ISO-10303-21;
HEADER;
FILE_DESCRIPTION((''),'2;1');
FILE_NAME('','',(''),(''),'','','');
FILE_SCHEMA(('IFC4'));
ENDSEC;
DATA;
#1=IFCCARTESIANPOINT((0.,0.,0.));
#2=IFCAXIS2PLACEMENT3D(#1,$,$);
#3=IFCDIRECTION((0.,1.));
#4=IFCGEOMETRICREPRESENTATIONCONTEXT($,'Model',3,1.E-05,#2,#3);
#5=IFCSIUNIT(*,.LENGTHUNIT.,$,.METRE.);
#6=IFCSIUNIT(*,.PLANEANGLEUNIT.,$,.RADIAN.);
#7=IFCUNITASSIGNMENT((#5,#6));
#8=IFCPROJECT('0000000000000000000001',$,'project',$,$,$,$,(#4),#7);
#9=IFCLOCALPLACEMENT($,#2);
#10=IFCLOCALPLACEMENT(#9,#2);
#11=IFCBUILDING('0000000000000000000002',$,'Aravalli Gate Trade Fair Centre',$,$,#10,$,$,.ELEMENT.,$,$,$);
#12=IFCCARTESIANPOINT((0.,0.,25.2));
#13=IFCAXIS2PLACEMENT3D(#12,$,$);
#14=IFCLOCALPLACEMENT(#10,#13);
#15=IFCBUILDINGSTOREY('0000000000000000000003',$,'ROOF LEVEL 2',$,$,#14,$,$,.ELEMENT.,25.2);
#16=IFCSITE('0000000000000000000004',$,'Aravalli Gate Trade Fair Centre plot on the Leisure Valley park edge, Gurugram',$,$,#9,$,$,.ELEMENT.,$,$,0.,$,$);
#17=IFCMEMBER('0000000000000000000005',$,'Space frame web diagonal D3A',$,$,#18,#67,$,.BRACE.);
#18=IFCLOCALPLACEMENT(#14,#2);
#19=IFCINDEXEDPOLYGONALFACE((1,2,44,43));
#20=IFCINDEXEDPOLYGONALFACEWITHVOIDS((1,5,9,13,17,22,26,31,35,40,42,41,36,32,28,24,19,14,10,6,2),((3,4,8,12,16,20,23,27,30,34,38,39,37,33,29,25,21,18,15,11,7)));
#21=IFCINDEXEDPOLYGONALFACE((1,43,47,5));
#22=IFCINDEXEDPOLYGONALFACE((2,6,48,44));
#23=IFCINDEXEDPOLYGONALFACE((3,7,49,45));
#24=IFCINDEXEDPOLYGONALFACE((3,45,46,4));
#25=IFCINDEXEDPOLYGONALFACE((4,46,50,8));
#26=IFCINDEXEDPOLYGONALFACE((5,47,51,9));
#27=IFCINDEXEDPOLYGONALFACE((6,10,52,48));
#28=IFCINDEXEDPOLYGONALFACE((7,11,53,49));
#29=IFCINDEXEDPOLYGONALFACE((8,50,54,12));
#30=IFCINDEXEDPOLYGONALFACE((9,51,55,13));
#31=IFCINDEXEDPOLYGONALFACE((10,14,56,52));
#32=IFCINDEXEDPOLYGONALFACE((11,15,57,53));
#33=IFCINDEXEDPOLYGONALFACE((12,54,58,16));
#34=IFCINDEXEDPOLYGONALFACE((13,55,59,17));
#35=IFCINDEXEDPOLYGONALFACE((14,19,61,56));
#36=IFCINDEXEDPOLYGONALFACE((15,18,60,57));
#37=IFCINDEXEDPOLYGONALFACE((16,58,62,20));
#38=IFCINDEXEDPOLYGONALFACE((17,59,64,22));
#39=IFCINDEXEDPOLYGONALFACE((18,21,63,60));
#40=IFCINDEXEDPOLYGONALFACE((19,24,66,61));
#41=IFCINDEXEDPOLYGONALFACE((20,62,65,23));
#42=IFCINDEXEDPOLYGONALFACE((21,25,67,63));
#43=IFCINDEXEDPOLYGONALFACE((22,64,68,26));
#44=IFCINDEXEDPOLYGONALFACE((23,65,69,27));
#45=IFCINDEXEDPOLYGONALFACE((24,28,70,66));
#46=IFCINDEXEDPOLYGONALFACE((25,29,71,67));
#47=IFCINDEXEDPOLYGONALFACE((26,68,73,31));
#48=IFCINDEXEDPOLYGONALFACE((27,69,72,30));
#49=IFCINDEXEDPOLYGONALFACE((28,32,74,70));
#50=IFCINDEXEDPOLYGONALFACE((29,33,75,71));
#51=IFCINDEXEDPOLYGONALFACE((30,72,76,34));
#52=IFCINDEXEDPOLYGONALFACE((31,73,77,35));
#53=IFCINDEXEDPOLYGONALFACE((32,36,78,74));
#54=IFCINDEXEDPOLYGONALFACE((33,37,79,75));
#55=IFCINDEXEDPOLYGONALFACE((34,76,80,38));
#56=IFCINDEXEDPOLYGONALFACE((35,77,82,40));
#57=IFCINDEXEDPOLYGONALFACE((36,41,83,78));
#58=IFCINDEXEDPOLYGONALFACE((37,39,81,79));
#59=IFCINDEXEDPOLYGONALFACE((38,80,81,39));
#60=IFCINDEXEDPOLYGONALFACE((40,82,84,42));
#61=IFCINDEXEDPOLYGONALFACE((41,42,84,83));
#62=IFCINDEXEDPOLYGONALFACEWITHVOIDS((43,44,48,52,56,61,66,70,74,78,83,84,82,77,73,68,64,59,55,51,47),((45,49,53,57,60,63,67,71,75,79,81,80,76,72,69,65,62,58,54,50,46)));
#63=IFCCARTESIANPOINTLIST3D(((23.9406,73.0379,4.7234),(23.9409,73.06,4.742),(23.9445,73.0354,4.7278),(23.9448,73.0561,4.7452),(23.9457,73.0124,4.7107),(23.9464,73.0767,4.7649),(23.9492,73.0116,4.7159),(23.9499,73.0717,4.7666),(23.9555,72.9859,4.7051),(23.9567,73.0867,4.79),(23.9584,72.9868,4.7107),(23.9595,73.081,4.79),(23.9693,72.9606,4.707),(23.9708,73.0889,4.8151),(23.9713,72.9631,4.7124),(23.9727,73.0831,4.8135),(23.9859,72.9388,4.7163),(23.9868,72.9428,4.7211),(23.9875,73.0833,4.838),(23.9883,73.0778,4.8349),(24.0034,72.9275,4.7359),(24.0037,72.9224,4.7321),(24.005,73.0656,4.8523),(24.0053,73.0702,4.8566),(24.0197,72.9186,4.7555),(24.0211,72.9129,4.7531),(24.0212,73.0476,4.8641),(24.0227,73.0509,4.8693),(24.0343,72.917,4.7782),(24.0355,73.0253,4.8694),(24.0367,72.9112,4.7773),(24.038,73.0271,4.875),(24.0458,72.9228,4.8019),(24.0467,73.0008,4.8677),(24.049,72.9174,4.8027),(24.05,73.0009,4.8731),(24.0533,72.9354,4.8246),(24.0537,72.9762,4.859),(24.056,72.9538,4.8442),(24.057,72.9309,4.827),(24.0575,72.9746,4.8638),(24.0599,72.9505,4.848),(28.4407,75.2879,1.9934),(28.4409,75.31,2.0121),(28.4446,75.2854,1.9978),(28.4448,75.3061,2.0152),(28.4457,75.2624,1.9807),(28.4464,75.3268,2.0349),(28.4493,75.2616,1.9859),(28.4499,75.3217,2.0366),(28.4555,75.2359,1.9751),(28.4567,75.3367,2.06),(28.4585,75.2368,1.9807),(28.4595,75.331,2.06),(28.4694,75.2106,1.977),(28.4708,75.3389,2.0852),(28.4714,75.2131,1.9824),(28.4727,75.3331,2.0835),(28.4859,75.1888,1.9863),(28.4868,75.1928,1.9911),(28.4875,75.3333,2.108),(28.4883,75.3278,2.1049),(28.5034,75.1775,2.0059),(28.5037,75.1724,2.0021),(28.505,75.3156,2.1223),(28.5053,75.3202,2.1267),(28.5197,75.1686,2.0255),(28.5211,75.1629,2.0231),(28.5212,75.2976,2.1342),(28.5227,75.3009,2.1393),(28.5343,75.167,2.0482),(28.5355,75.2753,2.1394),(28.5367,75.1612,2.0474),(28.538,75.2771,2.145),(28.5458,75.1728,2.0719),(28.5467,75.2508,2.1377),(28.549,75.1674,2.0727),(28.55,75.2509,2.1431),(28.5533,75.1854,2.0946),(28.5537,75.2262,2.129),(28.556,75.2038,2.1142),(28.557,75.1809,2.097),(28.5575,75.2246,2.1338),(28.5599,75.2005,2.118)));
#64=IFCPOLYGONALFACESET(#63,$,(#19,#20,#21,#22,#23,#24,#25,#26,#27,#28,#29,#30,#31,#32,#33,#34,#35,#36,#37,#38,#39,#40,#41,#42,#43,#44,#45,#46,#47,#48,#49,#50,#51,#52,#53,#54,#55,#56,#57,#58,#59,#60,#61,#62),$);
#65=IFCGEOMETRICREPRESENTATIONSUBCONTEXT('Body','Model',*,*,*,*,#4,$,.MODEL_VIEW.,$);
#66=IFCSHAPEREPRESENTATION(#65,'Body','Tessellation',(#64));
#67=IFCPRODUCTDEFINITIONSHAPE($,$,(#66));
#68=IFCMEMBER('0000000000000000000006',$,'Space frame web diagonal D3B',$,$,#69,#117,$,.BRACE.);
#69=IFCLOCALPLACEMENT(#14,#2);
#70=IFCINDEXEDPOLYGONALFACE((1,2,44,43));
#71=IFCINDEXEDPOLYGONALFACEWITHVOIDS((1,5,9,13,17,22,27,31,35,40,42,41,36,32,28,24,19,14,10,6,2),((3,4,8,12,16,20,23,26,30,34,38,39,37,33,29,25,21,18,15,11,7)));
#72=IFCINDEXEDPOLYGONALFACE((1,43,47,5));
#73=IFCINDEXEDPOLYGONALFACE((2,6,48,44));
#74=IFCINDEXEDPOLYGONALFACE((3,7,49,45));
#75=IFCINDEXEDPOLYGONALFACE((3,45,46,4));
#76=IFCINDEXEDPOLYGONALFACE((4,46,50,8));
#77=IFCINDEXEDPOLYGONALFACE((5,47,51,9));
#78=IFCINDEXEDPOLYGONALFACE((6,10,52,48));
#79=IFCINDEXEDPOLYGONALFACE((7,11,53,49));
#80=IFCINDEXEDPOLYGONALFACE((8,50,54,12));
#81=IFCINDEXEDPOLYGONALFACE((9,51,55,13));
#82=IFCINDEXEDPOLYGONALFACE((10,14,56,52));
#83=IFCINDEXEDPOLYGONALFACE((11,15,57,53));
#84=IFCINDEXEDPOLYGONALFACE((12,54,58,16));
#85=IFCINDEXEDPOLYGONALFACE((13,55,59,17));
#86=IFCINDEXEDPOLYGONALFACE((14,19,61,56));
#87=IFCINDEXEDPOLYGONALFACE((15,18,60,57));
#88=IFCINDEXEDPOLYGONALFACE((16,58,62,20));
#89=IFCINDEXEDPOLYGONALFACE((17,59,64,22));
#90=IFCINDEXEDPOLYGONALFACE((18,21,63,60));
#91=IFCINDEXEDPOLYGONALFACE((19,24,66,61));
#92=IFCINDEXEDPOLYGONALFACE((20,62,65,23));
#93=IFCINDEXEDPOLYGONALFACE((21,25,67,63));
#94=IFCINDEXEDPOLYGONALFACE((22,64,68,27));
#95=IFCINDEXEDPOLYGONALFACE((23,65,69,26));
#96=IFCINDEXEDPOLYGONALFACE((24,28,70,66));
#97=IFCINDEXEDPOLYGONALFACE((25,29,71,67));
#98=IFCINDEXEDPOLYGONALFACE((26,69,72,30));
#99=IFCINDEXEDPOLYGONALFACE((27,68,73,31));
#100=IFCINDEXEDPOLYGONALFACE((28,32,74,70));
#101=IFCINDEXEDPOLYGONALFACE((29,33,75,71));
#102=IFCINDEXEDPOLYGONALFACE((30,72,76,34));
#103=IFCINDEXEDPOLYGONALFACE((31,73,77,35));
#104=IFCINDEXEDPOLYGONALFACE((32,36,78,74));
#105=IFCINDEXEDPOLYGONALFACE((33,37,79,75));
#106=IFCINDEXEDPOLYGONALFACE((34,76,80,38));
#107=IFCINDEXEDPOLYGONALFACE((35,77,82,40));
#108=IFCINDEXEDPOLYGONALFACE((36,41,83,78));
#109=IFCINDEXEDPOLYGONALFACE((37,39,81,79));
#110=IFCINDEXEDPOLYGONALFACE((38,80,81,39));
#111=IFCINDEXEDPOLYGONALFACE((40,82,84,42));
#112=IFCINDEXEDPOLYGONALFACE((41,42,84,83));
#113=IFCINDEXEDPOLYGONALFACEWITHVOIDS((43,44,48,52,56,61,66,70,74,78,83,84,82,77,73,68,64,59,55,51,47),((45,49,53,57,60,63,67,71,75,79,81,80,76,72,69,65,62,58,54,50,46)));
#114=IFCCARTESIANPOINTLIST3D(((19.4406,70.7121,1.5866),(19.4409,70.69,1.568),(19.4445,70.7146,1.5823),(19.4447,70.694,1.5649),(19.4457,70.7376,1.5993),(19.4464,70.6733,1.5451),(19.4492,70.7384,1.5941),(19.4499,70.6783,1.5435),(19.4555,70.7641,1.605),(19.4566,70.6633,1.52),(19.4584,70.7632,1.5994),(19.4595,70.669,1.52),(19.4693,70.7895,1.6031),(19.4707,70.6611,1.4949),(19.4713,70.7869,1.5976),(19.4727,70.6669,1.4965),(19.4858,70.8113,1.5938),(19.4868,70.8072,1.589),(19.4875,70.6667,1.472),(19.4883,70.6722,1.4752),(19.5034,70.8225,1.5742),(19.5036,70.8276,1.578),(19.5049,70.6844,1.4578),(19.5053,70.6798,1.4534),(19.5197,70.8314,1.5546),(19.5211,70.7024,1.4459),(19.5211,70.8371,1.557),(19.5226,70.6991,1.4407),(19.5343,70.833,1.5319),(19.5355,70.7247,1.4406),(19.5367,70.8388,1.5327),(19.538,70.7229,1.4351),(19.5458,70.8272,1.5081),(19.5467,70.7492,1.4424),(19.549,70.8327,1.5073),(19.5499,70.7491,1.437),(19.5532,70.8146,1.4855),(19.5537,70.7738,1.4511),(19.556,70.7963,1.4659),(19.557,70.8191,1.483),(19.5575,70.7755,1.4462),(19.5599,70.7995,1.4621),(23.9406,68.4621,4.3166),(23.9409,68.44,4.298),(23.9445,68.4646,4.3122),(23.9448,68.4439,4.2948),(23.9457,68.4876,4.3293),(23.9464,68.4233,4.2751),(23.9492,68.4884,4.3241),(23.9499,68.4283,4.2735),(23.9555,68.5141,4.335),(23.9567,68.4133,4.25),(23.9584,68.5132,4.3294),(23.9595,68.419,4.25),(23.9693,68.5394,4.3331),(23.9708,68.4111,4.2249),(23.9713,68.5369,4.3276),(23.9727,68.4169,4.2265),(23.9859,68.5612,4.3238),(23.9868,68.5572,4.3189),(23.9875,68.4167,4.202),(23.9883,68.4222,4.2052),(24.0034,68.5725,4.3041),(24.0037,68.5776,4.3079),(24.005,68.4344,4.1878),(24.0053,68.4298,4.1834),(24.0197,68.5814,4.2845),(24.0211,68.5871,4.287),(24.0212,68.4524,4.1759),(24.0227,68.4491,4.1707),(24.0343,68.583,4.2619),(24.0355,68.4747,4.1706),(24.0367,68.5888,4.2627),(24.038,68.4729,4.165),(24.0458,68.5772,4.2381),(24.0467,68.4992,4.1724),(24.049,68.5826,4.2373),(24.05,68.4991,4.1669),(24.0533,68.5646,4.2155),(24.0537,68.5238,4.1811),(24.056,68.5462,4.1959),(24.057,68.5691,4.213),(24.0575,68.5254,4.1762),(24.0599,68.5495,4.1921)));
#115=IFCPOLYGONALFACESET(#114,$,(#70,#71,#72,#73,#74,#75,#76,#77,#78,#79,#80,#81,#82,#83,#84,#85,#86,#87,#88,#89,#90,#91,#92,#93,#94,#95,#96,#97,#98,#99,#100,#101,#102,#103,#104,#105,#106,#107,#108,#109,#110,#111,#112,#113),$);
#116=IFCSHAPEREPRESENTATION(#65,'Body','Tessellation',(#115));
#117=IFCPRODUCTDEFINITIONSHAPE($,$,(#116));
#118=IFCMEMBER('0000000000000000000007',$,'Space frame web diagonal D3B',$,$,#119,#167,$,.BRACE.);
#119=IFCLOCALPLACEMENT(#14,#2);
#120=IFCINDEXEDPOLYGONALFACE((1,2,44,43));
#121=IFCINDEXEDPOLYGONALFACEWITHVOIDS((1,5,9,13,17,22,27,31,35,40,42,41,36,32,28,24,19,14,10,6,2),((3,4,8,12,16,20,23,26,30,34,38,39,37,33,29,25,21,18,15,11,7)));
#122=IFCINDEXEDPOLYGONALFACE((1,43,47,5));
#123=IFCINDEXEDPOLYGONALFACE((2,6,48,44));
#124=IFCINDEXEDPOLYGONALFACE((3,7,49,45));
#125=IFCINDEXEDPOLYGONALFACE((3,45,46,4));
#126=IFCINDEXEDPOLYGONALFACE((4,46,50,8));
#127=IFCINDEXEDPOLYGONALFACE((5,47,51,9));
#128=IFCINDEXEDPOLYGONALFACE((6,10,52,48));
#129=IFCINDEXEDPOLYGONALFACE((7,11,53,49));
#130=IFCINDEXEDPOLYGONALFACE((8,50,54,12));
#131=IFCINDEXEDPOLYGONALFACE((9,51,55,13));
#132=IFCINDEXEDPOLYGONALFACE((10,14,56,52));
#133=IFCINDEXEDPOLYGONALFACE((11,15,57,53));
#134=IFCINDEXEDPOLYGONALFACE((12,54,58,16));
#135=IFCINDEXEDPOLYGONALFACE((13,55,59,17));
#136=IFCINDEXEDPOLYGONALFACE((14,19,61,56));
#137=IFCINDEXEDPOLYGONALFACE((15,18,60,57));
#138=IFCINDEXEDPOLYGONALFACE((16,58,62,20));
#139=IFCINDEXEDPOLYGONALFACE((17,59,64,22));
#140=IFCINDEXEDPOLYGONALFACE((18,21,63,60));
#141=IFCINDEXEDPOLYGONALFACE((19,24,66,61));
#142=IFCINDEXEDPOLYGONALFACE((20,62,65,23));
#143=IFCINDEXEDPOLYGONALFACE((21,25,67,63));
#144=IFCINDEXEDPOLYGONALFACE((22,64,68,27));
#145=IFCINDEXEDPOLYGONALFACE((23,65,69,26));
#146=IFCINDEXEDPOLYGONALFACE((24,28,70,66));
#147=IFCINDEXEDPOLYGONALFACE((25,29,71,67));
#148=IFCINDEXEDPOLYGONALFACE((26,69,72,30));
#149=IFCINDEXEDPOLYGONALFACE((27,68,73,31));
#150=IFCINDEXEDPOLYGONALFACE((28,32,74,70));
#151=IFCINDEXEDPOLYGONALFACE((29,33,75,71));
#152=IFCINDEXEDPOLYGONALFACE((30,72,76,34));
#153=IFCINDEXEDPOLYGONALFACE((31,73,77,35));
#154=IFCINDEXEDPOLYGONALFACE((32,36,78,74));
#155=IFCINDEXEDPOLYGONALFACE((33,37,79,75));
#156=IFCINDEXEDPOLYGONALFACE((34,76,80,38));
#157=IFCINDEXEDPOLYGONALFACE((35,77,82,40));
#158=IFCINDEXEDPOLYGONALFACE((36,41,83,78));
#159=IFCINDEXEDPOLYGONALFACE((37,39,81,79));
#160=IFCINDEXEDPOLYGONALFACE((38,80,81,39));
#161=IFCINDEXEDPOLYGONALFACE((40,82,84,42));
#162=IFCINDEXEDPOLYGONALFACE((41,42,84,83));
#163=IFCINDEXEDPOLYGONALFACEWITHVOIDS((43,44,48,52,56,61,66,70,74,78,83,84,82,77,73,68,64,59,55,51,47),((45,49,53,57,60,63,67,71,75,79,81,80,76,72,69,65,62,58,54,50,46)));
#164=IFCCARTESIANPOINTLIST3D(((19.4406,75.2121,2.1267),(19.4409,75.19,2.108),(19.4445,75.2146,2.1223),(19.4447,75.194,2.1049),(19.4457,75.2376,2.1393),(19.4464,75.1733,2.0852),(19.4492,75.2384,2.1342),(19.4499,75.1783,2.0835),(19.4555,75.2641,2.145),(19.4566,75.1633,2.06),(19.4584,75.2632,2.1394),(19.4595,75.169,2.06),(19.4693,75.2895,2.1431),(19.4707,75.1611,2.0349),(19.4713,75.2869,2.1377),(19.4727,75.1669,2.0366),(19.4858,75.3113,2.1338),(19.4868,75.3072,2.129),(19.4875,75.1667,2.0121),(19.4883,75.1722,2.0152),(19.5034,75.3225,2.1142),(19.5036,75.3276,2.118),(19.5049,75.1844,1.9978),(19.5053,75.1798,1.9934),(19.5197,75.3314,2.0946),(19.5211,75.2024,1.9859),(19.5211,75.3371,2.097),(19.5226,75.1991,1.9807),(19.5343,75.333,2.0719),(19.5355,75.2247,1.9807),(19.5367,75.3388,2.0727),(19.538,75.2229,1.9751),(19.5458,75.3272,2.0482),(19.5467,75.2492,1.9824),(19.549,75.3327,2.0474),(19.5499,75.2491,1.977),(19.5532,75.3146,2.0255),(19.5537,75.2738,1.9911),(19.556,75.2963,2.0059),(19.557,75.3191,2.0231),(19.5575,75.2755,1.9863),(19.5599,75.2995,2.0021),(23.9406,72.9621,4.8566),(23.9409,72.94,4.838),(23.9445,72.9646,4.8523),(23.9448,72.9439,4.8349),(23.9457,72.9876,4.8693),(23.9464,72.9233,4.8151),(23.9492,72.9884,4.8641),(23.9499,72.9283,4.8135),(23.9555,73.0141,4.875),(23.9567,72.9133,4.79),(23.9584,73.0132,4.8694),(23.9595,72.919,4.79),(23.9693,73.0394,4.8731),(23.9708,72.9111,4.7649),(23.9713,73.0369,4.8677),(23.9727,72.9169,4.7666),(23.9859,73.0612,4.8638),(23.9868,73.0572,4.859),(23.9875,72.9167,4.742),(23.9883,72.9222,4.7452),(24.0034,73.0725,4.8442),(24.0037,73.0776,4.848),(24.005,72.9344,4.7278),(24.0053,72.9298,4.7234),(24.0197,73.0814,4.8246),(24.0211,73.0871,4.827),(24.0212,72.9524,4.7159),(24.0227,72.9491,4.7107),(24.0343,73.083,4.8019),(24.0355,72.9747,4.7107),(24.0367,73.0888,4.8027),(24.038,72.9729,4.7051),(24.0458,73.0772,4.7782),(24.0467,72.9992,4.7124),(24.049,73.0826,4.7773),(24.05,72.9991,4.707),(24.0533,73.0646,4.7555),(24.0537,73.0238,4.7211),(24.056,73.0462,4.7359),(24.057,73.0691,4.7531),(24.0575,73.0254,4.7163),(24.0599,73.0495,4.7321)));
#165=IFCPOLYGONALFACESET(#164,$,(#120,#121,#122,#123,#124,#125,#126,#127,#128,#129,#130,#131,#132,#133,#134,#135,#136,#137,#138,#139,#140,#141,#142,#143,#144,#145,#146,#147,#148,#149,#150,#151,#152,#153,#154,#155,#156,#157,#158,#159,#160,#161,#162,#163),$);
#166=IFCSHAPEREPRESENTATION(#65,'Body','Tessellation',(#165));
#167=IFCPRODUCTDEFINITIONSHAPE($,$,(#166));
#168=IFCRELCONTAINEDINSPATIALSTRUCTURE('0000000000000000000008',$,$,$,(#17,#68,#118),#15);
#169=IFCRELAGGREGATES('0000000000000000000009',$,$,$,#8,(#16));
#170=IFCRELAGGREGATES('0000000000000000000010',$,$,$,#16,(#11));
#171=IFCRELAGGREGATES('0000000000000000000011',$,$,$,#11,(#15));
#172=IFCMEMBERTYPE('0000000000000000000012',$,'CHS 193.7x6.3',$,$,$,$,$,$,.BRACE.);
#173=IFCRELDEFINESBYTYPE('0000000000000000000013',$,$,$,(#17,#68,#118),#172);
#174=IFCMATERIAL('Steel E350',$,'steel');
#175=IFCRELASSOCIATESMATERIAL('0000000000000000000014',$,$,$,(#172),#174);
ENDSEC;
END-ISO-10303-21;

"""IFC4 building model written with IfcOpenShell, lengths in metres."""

from ifc_helpers import new_model, si_unit, direction, frame, origin, origin_2d, place, context, subcontext, project, spatial, hollow_circle, extrude, material, material_profile, profile_set, type_object, element, save


model = new_model("IFC4")

# Units and contexts
model_context = context("Model", 3, precision=1e-05, world=origin(), true_north=direction((0.0, 1.0)))
body_context = subcontext(model_context, "Body", "Model", "MODEL_VIEW")
ifc_project = project(units=[si_unit("LENGTHUNIT", "METRE"), si_unit("PLANEANGLEUNIT", "RADIAN")], contexts=[model_context])

# Site, building, storey
site_placement = place(None, origin())
site = spatial("IfcSite", under=ifc_project, at=site_placement, Name="Aravalli Gate Trade Fair Centre plot on the Leisure Valley park edge, Gurugram", CompositionType="ELEMENT", RefElevation=0.0)
building_placement = place(site_placement, origin())
building = spatial("IfcBuilding", under=site, at=building_placement, Name="Aravalli Gate Trade Fair Centre", CompositionType="ELEMENT")
storey_placement = place(building_placement, frame((0.0, 0.0, 25.2)))
storey = spatial("IfcBuildingStorey", under=building, at=storey_placement, Name="ROOF LEVEL 2", CompositionType="ELEMENT", Elevation=25.2)

# Members
ifc_material_1 = material(Name="Steel E350", Category="steel")
ifc_material_profile_1 = material_profile(ifc_material_1, hollow_circle(Radius=0.0969, WallThickness=0.0063, at=origin_2d()), Name="CHS 193.7x6.3")
ifc_profile_set_1 = profile_set([ifc_material_profile_1], Name="Steel E350")
member_type_1 = type_object("IfcMemberType", Name="CHS 193.7x6.3", PredefinedType="BRACE", material=ifc_profile_set_1)
for number, where, z_axis, x_axis, name in (
    (1, (24.0, 73.0, 4.79), (0.78615, 0.393075, -0.476928), (-0.447214, 0.894427, 0.0), "Space frame web diagonal D3A"),
    (2, (24.0, 68.5, 4.25), (-0.78615, 0.393075, -0.476928), (-0.447214, -0.894427, 0.0), "Space frame web diagonal D3B"),
    (3, (24.0, 73.0, 4.79), (-0.78615, 0.393075, -0.476928), (-0.447214, -0.894427, 0.0), "Space frame web diagonal D3B"),
):
    element("IfcMember", number, at=place(storey_placement, frame(where, z_axis=z_axis, x_axis=x_axis)), inside=storey, type_object=member_type_1, Name=name, PredefinedType="BRACE", context=body_context, shape_type="SweptSolid", body=[
        extrude(hollow_circle(Radius=0.0969, WallThickness=0.0063, at=origin_2d()), origin(), (0.0, 0.0, 1.0), 5.7241),
    ])

save(model, "model.ifc")
